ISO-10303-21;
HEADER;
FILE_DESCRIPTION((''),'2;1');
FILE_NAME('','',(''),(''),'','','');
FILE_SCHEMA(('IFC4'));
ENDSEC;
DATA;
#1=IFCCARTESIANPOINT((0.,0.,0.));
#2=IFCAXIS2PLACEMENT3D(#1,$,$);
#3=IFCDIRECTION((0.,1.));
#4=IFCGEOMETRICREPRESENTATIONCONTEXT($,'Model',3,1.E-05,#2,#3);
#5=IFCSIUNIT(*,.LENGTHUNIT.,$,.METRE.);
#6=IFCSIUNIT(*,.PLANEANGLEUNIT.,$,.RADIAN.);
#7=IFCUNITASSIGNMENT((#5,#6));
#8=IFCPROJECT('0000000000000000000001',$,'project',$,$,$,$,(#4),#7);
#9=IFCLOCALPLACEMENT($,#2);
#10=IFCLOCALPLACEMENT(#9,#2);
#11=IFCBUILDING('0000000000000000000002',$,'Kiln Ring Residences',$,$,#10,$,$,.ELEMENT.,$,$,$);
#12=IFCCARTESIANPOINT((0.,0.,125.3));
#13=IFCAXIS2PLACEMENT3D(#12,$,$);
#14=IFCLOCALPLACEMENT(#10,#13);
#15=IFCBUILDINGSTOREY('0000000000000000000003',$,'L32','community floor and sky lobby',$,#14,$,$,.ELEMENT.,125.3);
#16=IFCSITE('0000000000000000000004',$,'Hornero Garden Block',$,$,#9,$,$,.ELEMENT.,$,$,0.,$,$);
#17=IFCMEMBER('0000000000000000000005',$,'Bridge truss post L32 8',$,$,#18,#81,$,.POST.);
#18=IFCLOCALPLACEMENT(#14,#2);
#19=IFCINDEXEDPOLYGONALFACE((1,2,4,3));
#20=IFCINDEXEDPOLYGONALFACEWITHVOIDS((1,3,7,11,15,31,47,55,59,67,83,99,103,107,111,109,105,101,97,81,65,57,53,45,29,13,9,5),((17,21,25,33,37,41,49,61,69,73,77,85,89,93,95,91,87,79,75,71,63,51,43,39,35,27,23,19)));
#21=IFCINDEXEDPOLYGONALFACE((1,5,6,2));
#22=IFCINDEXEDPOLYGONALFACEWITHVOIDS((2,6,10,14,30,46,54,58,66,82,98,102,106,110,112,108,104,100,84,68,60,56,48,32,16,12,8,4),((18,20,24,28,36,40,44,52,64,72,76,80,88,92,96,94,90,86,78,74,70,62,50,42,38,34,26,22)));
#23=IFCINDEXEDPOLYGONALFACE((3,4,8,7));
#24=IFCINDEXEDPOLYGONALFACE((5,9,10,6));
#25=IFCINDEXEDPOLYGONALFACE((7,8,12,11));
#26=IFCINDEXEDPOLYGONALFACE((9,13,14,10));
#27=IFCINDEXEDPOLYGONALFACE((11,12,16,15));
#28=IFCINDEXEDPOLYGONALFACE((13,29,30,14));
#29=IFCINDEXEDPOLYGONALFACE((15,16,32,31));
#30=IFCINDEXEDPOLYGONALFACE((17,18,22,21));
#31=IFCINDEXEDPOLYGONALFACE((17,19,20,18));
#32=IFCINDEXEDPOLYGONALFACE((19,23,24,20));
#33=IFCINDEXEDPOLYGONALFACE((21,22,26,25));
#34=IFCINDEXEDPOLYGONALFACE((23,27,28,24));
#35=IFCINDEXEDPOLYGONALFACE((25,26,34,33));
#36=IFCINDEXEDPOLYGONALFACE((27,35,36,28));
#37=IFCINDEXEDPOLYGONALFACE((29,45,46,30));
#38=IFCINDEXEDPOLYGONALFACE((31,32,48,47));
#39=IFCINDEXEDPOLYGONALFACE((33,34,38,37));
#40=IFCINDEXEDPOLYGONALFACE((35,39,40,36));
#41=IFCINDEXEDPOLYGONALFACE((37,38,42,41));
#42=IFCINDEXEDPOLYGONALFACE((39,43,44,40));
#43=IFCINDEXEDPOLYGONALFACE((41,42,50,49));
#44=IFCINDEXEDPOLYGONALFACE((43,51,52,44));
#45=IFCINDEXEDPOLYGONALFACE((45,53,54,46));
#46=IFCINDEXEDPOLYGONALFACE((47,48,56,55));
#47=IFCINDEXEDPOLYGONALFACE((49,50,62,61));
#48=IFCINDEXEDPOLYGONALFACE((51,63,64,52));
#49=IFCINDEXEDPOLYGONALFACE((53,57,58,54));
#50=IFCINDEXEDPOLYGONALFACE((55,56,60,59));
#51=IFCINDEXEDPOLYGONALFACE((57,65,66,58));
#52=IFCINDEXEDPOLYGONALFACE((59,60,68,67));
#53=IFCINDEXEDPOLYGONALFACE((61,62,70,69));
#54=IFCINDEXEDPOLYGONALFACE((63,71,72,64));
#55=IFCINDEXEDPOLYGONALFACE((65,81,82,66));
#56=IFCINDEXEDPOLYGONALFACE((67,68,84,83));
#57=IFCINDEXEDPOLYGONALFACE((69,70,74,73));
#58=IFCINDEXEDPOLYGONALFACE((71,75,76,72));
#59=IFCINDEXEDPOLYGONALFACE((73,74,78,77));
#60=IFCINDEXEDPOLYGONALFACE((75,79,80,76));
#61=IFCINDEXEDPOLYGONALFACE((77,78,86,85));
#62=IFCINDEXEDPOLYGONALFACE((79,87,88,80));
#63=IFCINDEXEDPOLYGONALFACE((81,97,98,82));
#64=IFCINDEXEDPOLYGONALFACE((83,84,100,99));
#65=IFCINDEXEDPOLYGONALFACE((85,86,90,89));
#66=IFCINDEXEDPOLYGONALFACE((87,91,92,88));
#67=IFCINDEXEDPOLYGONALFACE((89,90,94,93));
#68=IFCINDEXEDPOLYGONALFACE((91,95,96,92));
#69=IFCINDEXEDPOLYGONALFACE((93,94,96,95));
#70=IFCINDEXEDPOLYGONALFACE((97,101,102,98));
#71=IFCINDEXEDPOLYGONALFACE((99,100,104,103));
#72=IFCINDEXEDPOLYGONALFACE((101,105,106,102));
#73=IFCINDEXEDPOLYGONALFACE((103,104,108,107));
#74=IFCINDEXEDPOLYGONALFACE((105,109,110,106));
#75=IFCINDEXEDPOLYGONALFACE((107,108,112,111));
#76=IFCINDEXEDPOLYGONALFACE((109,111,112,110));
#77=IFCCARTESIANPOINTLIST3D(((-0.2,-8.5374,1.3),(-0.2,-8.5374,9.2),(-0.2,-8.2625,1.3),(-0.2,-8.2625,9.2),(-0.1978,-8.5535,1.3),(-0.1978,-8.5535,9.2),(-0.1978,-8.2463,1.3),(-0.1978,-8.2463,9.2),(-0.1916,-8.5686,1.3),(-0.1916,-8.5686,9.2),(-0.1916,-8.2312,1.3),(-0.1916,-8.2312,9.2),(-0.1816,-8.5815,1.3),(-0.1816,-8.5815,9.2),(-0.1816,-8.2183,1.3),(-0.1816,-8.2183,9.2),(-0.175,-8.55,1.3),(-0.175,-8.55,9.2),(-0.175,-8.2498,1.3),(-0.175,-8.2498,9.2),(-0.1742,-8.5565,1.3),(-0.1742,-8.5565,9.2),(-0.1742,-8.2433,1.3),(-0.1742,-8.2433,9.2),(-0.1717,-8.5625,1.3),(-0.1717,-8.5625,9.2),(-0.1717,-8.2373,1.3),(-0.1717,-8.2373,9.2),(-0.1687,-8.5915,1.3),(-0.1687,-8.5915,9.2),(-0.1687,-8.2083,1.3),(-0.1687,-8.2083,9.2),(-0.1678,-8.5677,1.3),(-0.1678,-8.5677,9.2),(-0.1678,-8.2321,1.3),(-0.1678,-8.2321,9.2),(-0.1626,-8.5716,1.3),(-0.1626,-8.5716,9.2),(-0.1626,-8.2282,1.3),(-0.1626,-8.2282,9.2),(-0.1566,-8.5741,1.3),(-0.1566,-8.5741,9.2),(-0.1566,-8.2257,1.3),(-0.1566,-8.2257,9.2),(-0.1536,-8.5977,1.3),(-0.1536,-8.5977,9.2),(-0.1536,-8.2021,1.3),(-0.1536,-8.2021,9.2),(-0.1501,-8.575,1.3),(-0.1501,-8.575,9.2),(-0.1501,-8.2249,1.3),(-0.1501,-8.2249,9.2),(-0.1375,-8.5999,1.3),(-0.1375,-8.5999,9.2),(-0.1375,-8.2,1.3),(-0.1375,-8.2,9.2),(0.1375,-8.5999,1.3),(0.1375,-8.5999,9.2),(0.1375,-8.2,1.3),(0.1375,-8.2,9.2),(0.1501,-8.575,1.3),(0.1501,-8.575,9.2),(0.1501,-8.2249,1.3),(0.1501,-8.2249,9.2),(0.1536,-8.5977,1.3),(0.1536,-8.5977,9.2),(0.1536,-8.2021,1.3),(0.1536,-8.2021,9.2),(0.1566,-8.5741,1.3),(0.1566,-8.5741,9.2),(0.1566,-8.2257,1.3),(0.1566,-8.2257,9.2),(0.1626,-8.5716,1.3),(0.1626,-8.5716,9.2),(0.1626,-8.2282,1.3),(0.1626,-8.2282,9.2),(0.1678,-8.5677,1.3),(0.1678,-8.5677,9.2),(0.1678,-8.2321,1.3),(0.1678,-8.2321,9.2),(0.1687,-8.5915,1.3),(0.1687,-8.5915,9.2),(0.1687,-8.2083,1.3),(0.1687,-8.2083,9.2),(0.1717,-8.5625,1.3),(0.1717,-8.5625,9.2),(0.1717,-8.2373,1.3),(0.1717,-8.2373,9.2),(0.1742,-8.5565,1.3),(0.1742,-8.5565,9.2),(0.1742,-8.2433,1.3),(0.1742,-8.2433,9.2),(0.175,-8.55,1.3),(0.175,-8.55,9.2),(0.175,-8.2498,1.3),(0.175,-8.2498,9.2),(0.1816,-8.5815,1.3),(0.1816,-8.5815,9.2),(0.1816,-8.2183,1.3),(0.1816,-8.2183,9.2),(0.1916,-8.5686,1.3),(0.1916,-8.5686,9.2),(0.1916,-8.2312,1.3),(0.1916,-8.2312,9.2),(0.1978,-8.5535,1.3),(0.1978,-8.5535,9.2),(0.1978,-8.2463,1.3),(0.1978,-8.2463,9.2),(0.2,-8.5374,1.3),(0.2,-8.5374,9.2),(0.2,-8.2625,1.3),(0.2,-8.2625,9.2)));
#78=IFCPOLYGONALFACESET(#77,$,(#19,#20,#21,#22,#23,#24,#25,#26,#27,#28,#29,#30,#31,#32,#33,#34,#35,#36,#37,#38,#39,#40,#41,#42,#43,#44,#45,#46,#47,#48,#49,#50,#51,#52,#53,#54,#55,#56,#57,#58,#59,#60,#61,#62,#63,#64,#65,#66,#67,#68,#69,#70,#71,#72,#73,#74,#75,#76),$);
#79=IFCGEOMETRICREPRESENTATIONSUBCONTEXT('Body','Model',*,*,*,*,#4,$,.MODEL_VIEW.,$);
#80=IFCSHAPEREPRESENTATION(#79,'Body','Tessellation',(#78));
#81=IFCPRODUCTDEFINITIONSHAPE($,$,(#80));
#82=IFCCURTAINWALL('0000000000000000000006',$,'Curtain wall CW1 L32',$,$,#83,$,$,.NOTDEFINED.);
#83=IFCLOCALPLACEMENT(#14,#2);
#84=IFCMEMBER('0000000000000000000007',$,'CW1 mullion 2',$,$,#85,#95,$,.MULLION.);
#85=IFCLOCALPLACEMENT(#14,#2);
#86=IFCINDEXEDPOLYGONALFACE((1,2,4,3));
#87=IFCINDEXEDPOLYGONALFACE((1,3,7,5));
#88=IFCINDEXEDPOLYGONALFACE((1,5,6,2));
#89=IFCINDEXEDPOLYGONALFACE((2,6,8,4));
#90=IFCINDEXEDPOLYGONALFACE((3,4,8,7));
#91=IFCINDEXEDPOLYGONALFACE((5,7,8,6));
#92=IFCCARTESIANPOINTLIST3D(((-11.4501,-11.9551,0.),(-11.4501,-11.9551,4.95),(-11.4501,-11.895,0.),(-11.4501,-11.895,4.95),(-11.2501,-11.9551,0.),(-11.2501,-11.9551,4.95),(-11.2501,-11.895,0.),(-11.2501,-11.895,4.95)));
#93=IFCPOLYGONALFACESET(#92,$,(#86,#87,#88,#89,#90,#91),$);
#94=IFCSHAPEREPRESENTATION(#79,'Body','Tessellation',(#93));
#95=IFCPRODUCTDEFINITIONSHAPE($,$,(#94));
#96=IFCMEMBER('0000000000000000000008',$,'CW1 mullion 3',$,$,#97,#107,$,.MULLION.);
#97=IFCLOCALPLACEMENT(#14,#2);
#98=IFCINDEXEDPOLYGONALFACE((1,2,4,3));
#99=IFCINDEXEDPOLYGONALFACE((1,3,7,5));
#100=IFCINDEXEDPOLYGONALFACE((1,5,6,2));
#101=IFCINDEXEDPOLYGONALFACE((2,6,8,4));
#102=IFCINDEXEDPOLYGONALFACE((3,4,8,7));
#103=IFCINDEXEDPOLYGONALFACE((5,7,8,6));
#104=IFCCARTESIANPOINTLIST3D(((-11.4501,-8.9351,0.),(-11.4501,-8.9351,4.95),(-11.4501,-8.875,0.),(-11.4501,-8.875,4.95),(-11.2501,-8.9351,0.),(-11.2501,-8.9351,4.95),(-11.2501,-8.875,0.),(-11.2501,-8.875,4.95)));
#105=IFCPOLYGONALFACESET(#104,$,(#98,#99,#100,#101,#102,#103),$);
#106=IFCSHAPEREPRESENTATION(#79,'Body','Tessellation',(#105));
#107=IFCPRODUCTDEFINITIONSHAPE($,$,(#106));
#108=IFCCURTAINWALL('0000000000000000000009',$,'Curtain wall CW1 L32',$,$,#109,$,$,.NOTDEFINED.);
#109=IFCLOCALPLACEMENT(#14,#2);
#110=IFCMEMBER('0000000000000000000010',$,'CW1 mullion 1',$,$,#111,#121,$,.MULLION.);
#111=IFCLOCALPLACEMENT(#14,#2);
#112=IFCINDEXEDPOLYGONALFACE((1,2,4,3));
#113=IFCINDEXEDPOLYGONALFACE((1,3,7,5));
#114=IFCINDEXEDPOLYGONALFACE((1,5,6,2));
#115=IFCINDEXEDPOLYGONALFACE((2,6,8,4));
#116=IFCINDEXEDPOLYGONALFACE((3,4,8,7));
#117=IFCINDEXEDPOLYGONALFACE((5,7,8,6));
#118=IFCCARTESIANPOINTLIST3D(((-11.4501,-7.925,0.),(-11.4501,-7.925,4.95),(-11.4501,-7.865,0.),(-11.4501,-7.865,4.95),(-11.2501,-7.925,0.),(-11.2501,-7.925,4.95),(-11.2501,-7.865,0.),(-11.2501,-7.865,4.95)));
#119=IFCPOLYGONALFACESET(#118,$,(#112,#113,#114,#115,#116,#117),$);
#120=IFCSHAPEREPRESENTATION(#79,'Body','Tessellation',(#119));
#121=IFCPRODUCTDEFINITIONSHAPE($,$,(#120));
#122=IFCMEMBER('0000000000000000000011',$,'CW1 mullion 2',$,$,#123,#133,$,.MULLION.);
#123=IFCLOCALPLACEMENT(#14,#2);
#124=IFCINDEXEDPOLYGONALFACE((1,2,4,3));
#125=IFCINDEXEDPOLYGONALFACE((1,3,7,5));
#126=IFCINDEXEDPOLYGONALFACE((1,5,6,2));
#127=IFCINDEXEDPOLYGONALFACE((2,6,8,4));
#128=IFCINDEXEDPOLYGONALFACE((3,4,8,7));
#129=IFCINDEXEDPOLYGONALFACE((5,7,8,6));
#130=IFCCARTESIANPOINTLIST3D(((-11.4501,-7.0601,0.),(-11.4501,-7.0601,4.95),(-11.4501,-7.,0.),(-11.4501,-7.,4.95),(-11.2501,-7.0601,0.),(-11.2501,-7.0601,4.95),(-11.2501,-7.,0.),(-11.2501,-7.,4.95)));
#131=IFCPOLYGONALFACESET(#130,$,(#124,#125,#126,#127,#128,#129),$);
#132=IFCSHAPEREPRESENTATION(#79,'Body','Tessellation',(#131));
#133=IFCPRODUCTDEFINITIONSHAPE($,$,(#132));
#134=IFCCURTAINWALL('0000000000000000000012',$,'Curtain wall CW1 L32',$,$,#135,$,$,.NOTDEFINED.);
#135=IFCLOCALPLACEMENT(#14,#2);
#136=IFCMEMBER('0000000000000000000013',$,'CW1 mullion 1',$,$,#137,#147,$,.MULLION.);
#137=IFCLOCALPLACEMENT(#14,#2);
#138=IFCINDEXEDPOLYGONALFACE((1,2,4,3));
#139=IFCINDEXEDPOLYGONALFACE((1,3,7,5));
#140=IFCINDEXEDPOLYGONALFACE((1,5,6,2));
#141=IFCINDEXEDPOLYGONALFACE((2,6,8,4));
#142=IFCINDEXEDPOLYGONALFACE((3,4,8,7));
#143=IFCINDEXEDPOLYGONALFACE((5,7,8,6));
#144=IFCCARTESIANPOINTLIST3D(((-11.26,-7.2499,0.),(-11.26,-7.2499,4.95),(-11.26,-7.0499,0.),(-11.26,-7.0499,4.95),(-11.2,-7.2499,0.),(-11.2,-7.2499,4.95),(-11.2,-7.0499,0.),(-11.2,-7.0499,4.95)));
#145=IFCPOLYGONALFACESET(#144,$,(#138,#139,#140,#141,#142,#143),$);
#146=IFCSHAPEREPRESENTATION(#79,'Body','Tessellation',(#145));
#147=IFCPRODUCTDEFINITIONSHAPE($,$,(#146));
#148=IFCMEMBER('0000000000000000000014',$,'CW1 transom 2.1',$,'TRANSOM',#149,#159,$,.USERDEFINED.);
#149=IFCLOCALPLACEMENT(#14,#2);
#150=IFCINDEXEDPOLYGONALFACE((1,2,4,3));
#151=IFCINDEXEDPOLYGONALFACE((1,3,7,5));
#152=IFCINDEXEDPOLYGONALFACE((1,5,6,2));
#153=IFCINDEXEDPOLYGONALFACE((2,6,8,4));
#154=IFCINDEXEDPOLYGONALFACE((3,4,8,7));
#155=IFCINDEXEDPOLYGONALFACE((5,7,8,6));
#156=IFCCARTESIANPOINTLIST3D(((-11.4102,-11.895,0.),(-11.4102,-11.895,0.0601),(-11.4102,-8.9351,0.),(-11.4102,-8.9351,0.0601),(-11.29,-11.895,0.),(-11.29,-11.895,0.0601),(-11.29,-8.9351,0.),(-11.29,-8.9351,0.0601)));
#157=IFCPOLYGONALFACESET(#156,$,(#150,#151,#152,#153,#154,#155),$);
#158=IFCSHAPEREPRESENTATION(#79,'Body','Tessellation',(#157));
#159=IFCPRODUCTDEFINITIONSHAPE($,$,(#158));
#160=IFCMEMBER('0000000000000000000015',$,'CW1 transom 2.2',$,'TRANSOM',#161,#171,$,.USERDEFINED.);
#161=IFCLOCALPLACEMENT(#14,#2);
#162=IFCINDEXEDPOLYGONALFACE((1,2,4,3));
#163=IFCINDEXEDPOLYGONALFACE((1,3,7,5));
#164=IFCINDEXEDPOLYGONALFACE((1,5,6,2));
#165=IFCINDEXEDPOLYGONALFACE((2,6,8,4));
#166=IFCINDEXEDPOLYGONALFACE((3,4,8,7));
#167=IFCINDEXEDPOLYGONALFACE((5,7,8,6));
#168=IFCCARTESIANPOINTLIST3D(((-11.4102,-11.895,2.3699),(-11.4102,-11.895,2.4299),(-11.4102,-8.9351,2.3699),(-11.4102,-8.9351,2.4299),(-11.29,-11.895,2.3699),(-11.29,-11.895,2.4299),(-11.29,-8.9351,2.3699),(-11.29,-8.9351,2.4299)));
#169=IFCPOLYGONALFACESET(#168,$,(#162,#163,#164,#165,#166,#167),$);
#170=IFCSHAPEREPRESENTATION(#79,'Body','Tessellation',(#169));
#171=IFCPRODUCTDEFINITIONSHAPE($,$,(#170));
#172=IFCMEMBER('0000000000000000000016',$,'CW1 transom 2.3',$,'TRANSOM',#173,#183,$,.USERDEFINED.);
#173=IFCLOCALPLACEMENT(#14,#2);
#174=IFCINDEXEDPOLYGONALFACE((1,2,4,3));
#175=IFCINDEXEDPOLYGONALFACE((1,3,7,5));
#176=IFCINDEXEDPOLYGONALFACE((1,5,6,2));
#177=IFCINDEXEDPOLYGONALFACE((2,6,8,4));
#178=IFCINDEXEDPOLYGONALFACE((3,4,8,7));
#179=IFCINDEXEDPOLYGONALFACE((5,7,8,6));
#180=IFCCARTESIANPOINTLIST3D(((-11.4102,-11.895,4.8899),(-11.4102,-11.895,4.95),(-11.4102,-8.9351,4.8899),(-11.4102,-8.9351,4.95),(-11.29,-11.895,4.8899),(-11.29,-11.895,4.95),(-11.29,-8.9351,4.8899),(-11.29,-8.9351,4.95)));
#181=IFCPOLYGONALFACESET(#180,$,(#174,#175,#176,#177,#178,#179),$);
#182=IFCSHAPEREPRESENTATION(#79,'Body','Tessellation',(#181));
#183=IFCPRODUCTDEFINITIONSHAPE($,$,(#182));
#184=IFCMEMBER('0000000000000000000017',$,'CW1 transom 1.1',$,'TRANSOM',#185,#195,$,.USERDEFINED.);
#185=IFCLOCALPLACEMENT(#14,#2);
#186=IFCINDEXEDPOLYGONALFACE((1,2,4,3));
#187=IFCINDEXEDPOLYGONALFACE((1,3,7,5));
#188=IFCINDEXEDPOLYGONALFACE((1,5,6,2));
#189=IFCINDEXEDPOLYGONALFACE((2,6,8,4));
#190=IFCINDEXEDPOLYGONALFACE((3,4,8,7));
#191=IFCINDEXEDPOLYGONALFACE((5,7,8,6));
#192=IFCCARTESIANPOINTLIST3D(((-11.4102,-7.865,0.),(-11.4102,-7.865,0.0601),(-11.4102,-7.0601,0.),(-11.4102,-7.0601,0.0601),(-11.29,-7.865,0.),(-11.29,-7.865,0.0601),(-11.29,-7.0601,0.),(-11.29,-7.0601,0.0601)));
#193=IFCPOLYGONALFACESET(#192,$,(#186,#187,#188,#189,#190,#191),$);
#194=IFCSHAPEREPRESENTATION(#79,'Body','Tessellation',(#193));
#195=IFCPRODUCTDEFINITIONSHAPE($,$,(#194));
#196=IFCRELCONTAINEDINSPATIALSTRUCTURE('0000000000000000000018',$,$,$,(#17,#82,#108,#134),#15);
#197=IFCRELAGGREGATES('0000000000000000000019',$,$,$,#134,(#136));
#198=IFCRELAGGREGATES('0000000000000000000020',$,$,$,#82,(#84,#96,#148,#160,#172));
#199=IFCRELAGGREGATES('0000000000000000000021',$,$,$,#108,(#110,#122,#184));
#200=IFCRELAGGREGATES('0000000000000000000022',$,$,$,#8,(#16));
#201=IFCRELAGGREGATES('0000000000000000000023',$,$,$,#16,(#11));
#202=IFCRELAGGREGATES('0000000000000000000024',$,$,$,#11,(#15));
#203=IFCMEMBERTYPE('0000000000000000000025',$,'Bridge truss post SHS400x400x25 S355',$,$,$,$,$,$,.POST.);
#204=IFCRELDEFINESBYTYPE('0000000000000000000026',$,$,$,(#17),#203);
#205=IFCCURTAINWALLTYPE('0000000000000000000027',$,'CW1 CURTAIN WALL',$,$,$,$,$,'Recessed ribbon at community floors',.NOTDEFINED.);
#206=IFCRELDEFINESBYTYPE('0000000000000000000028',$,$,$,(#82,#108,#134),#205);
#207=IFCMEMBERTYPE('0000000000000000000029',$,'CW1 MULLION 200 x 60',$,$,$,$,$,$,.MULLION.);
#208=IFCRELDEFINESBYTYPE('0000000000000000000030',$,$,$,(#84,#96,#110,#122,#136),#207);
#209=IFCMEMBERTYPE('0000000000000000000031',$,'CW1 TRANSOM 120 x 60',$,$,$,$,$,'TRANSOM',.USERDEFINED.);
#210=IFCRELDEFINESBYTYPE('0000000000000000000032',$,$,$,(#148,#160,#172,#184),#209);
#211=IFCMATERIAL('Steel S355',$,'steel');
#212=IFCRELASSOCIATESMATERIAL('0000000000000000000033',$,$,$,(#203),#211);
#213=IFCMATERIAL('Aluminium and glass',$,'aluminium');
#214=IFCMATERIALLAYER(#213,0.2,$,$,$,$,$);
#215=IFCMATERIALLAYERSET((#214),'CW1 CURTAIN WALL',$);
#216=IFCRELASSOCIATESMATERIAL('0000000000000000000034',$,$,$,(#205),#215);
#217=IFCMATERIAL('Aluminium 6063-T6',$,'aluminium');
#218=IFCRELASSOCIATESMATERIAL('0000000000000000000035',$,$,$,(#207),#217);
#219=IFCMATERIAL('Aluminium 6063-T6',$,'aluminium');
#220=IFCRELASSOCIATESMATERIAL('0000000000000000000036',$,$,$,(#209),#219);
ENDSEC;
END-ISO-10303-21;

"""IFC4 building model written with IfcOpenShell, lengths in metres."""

from ifc_helpers import new_model, si_unit, direction, frame, origin, origin_2d, place, context, subcontext, project, spatial, rectangle, hollow_rectangle, extrude, material, layer, layer_set, material_profile, profile_set, type_object, element, aggregate, save


model = new_model("IFC4")

# Units and contexts
model_context = context("Model", 3, precision=1e-05, world=origin(), true_north=direction((0.0, 1.0)))
body_context = subcontext(model_context, "Body", "Model", "MODEL_VIEW")
ifc_project = project(units=[si_unit("LENGTHUNIT", "METRE"), si_unit("PLANEANGLEUNIT", "RADIAN")], contexts=[model_context])

# Site, building, storey
site_placement = place(None, origin())
site = spatial("IfcSite", under=ifc_project, at=site_placement, Name="Hornero Garden Block", CompositionType="ELEMENT", RefElevation=0.0)
building_placement = place(site_placement, origin())
building = spatial("IfcBuilding", under=site, at=building_placement, Name="Kiln Ring Residences", CompositionType="ELEMENT")
storey_placement = place(building_placement, frame((0.0, 0.0, 125.3)))
storey = spatial("IfcBuildingStorey", under=building, at=storey_placement, Name="L32", Description="community floor and sky lobby", CompositionType="ELEMENT", Elevation=125.3)

# Member
ifc_material_1 = material(Name="Steel S355", Category="steel")
ifc_material_profile_1 = material_profile(ifc_material_1, hollow_rectangle(XDim=0.3999, YDim=0.3999, WallThickness=0.0249, InnerFilletRadius=0.0249, OuterFilletRadius=0.0625, at=origin_2d()), Name="SHS400x400x25")
ifc_profile_set_1 = profile_set([ifc_material_profile_1], Name="Steel S355")
member_type_1 = type_object("IfcMemberType", Name="Bridge truss post SHS400x400x25 S355", PredefinedType="POST", material=ifc_profile_set_1)
for number, where, z_axis, x_axis, name in (
    (1, (0.0, -8.3999, 1.3), (0.0, 0.0, 1.0), (1.0, 0.0, 0.0), "Bridge truss post L32 8"),
):
    element("IfcMember", number, at=place(storey_placement, frame(where, z_axis=z_axis, x_axis=x_axis)), inside=storey, type_object=member_type_1, Name=name, PredefinedType="POST", context=body_context, shape_type="SweptSolid", body=[
        extrude(hollow_rectangle(XDim=0.3999, YDim=0.3999, WallThickness=0.0249, InnerFilletRadius=0.0249, OuterFilletRadius=0.0625, at=origin_2d()), origin(), (0.0, 0.0, 1.0), 7.8999),
    ])

# Curtain walls, members
ifc_material_2 = material(Name="Aluminium and glass", Category="aluminium")
ifc_layer_1 = layer(ifc_material_2, 0.2)
ifc_layer_set_1 = layer_set([ifc_layer_1], Name="CW1 CURTAIN WALL")
curtain_wall_type = type_object("IfcCurtainWallType", Name="CW1 CURTAIN WALL", ElementType="Recessed ribbon at community floors", PredefinedType="NOTDEFINED", material=ifc_layer_set_1)
placement = place(storey_placement, origin())
curtain_wall_1 = element("IfcCurtainWall", 2, at=placement, inside=storey, type_object=curtain_wall_type, Name="Curtain wall CW1 L32", PredefinedType="NOTDEFINED")
ifc_material_3 = material(Name="Aluminium 6063-T6", Category="aluminium")
ifc_material_profile_2 = material_profile(ifc_material_3, rectangle(XDim=0.2, YDim=0.0601, at=origin_2d()), Name="AL 200x60")
ifc_profile_set_2 = profile_set([ifc_material_profile_2], Name="Aluminium 6063-T6")
member_type_2 = type_object("IfcMemberType", Name="CW1 MULLION 200 x 60", PredefinedType="MULLION", material=ifc_profile_set_2)
member_1_placement = place(storey_placement, frame((-11.3501, -11.925, 0.0), z_axis=(0.0, 0.0, 1.0), x_axis=(-1.0, 0.0, 0.0)))
member_1 = element("IfcMember", 3, at=member_1_placement, type_object=member_type_2, Name="CW1 mullion 2", PredefinedType="MULLION", context=body_context, shape_type="SweptSolid", body=[
    extrude(rectangle(XDim=0.2, YDim=0.0601, at=origin_2d()), origin(), (0.0, 0.0, 1.0), 4.95),
])
member_2_placement = place(storey_placement, frame((-11.3501, -8.905, 0.0), z_axis=(0.0, 0.0, 1.0), x_axis=(-1.0, 0.0, 0.0)))
member_2 = element("IfcMember", 4, at=member_2_placement, type_object=member_type_2, Name="CW1 mullion 3", PredefinedType="MULLION", context=body_context, shape_type="SweptSolid", body=[
    extrude(rectangle(XDim=0.2, YDim=0.0601, at=origin_2d()), origin(), (0.0, 0.0, 1.0), 4.95),
])
curtain_wall_2 = element("IfcCurtainWall", 5, at=placement, inside=storey, type_object=curtain_wall_type, Name="Curtain wall CW1 L32", PredefinedType="NOTDEFINED")
member_3_placement = place(storey_placement, frame((-11.3501, -7.895, 0.0), z_axis=(0.0, 0.0, 1.0), x_axis=(-1.0, 0.0, 0.0)))
member_3 = element("IfcMember", 6, at=member_3_placement, type_object=member_type_2, Name="CW1 mullion 1", PredefinedType="MULLION", context=body_context, shape_type="SweptSolid", body=[
    extrude(rectangle(XDim=0.2, YDim=0.0601, at=origin_2d()), origin(), (0.0, 0.0, 1.0), 4.95),
])
member_4_placement = place(storey_placement, frame((-11.3501, -7.03, 0.0), z_axis=(0.0, 0.0, 1.0), x_axis=(-1.0, 0.0, 0.0)))
member_4 = element("IfcMember", 7, at=member_4_placement, type_object=member_type_2, Name="CW1 mullion 2", PredefinedType="MULLION", context=body_context, shape_type="SweptSolid", body=[
    extrude(rectangle(XDim=0.2, YDim=0.0601, at=origin_2d()), origin(), (0.0, 0.0, 1.0), 4.95),
])

# Curtain wall, member
curtain_wall_3 = element("IfcCurtainWall", 8, at=placement, inside=storey, type_object=curtain_wall_type, Name="Curtain wall CW1 L32", PredefinedType="NOTDEFINED")
member_5_placement = place(storey_placement, frame((-11.23, -7.1499, 0.0), z_axis=(0.0, 0.0, 1.0), x_axis=(0.0, -1.0, 0.0)))
member_5 = element("IfcMember", 9, at=member_5_placement, type_object=member_type_2, Name="CW1 mullion 1", PredefinedType="MULLION", context=body_context, shape_type="SweptSolid", body=[
    extrude(rectangle(XDim=0.2, YDim=0.0601, at=origin_2d()), origin(), (0.0, 0.0, 1.0), 4.95),
])

# Members
ifc_material_4 = material(Name="Aluminium 6063-T6", Category="aluminium")
ifc_material_profile_3 = material_profile(ifc_material_4, rectangle(XDim=0.1201, YDim=0.0601, at=origin_2d()), Name="AL 120x60")
ifc_profile_set_3 = profile_set([ifc_material_profile_3], Name="Aluminium 6063-T6")
member_type_3 = type_object("IfcMemberType", Name="CW1 TRANSOM 120 x 60", ElementType="TRANSOM", PredefinedType="USERDEFINED", material=ifc_profile_set_3)
member_6_placement = place(storey_placement, frame((-11.3501, -11.895, 0.03), z_axis=(0.0, 1.0, 0.0), x_axis=(-1.0, 0.0, 0.0)))
member_6 = element("IfcMember", 10, at=member_6_placement, type_object=member_type_3, Name="CW1 transom 2.1", ObjectType="TRANSOM", PredefinedType="USERDEFINED", context=body_context, shape_type="SweptSolid", body=[
    extrude(rectangle(XDim=0.1201, YDim=0.0601, at=origin_2d()), origin(), (0.0, 0.0, 1.0), 2.96),
])
member_7_placement = place(storey_placement, frame((-11.3501, -11.895, 2.3999), z_axis=(0.0, 1.0, 0.0), x_axis=(-1.0, 0.0, 0.0)))
member_7 = element("IfcMember", 11, at=member_7_placement, type_object=member_type_3, Name="CW1 transom 2.2", ObjectType="TRANSOM", PredefinedType="USERDEFINED", context=body_context, shape_type="SweptSolid", body=[
    extrude(rectangle(XDim=0.1201, YDim=0.0601, at=origin_2d()), origin(), (0.0, 0.0, 1.0), 2.96),
])
member_8_placement = place(storey_placement, frame((-11.3501, -11.895, 4.9199), z_axis=(0.0, 1.0, 0.0), x_axis=(-1.0, 0.0, 0.0)))
member_8 = element("IfcMember", 12, at=member_8_placement, type_object=member_type_3, Name="CW1 transom 2.3", ObjectType="TRANSOM", PredefinedType="USERDEFINED", context=body_context, shape_type="SweptSolid", body=[
    extrude(rectangle(XDim=0.1201, YDim=0.0601, at=origin_2d()), origin(), (0.0, 0.0, 1.0), 2.96),
])
member_9_placement = place(storey_placement, frame((-11.3501, -7.865, 0.03), z_axis=(0.0, 1.0, 0.0), x_axis=(-1.0, 0.0, 0.0)))
member_9 = element("IfcMember", 13, at=member_9_placement, type_object=member_type_3, Name="CW1 transom 1.1", ObjectType="TRANSOM", PredefinedType="USERDEFINED", context=body_context, shape_type="SweptSolid", body=[
    extrude(rectangle(XDim=0.1201, YDim=0.0601, at=origin_2d()), origin(), (0.0, 0.0, 1.0), 0.8049),
])
aggregate(curtain_wall_3, [member_5])

aggregate(curtain_wall_1, [member_1, member_2, member_6, member_7, member_8])
aggregate(curtain_wall_2, [member_3, member_4, member_9])

save(model, "model.ifc")
